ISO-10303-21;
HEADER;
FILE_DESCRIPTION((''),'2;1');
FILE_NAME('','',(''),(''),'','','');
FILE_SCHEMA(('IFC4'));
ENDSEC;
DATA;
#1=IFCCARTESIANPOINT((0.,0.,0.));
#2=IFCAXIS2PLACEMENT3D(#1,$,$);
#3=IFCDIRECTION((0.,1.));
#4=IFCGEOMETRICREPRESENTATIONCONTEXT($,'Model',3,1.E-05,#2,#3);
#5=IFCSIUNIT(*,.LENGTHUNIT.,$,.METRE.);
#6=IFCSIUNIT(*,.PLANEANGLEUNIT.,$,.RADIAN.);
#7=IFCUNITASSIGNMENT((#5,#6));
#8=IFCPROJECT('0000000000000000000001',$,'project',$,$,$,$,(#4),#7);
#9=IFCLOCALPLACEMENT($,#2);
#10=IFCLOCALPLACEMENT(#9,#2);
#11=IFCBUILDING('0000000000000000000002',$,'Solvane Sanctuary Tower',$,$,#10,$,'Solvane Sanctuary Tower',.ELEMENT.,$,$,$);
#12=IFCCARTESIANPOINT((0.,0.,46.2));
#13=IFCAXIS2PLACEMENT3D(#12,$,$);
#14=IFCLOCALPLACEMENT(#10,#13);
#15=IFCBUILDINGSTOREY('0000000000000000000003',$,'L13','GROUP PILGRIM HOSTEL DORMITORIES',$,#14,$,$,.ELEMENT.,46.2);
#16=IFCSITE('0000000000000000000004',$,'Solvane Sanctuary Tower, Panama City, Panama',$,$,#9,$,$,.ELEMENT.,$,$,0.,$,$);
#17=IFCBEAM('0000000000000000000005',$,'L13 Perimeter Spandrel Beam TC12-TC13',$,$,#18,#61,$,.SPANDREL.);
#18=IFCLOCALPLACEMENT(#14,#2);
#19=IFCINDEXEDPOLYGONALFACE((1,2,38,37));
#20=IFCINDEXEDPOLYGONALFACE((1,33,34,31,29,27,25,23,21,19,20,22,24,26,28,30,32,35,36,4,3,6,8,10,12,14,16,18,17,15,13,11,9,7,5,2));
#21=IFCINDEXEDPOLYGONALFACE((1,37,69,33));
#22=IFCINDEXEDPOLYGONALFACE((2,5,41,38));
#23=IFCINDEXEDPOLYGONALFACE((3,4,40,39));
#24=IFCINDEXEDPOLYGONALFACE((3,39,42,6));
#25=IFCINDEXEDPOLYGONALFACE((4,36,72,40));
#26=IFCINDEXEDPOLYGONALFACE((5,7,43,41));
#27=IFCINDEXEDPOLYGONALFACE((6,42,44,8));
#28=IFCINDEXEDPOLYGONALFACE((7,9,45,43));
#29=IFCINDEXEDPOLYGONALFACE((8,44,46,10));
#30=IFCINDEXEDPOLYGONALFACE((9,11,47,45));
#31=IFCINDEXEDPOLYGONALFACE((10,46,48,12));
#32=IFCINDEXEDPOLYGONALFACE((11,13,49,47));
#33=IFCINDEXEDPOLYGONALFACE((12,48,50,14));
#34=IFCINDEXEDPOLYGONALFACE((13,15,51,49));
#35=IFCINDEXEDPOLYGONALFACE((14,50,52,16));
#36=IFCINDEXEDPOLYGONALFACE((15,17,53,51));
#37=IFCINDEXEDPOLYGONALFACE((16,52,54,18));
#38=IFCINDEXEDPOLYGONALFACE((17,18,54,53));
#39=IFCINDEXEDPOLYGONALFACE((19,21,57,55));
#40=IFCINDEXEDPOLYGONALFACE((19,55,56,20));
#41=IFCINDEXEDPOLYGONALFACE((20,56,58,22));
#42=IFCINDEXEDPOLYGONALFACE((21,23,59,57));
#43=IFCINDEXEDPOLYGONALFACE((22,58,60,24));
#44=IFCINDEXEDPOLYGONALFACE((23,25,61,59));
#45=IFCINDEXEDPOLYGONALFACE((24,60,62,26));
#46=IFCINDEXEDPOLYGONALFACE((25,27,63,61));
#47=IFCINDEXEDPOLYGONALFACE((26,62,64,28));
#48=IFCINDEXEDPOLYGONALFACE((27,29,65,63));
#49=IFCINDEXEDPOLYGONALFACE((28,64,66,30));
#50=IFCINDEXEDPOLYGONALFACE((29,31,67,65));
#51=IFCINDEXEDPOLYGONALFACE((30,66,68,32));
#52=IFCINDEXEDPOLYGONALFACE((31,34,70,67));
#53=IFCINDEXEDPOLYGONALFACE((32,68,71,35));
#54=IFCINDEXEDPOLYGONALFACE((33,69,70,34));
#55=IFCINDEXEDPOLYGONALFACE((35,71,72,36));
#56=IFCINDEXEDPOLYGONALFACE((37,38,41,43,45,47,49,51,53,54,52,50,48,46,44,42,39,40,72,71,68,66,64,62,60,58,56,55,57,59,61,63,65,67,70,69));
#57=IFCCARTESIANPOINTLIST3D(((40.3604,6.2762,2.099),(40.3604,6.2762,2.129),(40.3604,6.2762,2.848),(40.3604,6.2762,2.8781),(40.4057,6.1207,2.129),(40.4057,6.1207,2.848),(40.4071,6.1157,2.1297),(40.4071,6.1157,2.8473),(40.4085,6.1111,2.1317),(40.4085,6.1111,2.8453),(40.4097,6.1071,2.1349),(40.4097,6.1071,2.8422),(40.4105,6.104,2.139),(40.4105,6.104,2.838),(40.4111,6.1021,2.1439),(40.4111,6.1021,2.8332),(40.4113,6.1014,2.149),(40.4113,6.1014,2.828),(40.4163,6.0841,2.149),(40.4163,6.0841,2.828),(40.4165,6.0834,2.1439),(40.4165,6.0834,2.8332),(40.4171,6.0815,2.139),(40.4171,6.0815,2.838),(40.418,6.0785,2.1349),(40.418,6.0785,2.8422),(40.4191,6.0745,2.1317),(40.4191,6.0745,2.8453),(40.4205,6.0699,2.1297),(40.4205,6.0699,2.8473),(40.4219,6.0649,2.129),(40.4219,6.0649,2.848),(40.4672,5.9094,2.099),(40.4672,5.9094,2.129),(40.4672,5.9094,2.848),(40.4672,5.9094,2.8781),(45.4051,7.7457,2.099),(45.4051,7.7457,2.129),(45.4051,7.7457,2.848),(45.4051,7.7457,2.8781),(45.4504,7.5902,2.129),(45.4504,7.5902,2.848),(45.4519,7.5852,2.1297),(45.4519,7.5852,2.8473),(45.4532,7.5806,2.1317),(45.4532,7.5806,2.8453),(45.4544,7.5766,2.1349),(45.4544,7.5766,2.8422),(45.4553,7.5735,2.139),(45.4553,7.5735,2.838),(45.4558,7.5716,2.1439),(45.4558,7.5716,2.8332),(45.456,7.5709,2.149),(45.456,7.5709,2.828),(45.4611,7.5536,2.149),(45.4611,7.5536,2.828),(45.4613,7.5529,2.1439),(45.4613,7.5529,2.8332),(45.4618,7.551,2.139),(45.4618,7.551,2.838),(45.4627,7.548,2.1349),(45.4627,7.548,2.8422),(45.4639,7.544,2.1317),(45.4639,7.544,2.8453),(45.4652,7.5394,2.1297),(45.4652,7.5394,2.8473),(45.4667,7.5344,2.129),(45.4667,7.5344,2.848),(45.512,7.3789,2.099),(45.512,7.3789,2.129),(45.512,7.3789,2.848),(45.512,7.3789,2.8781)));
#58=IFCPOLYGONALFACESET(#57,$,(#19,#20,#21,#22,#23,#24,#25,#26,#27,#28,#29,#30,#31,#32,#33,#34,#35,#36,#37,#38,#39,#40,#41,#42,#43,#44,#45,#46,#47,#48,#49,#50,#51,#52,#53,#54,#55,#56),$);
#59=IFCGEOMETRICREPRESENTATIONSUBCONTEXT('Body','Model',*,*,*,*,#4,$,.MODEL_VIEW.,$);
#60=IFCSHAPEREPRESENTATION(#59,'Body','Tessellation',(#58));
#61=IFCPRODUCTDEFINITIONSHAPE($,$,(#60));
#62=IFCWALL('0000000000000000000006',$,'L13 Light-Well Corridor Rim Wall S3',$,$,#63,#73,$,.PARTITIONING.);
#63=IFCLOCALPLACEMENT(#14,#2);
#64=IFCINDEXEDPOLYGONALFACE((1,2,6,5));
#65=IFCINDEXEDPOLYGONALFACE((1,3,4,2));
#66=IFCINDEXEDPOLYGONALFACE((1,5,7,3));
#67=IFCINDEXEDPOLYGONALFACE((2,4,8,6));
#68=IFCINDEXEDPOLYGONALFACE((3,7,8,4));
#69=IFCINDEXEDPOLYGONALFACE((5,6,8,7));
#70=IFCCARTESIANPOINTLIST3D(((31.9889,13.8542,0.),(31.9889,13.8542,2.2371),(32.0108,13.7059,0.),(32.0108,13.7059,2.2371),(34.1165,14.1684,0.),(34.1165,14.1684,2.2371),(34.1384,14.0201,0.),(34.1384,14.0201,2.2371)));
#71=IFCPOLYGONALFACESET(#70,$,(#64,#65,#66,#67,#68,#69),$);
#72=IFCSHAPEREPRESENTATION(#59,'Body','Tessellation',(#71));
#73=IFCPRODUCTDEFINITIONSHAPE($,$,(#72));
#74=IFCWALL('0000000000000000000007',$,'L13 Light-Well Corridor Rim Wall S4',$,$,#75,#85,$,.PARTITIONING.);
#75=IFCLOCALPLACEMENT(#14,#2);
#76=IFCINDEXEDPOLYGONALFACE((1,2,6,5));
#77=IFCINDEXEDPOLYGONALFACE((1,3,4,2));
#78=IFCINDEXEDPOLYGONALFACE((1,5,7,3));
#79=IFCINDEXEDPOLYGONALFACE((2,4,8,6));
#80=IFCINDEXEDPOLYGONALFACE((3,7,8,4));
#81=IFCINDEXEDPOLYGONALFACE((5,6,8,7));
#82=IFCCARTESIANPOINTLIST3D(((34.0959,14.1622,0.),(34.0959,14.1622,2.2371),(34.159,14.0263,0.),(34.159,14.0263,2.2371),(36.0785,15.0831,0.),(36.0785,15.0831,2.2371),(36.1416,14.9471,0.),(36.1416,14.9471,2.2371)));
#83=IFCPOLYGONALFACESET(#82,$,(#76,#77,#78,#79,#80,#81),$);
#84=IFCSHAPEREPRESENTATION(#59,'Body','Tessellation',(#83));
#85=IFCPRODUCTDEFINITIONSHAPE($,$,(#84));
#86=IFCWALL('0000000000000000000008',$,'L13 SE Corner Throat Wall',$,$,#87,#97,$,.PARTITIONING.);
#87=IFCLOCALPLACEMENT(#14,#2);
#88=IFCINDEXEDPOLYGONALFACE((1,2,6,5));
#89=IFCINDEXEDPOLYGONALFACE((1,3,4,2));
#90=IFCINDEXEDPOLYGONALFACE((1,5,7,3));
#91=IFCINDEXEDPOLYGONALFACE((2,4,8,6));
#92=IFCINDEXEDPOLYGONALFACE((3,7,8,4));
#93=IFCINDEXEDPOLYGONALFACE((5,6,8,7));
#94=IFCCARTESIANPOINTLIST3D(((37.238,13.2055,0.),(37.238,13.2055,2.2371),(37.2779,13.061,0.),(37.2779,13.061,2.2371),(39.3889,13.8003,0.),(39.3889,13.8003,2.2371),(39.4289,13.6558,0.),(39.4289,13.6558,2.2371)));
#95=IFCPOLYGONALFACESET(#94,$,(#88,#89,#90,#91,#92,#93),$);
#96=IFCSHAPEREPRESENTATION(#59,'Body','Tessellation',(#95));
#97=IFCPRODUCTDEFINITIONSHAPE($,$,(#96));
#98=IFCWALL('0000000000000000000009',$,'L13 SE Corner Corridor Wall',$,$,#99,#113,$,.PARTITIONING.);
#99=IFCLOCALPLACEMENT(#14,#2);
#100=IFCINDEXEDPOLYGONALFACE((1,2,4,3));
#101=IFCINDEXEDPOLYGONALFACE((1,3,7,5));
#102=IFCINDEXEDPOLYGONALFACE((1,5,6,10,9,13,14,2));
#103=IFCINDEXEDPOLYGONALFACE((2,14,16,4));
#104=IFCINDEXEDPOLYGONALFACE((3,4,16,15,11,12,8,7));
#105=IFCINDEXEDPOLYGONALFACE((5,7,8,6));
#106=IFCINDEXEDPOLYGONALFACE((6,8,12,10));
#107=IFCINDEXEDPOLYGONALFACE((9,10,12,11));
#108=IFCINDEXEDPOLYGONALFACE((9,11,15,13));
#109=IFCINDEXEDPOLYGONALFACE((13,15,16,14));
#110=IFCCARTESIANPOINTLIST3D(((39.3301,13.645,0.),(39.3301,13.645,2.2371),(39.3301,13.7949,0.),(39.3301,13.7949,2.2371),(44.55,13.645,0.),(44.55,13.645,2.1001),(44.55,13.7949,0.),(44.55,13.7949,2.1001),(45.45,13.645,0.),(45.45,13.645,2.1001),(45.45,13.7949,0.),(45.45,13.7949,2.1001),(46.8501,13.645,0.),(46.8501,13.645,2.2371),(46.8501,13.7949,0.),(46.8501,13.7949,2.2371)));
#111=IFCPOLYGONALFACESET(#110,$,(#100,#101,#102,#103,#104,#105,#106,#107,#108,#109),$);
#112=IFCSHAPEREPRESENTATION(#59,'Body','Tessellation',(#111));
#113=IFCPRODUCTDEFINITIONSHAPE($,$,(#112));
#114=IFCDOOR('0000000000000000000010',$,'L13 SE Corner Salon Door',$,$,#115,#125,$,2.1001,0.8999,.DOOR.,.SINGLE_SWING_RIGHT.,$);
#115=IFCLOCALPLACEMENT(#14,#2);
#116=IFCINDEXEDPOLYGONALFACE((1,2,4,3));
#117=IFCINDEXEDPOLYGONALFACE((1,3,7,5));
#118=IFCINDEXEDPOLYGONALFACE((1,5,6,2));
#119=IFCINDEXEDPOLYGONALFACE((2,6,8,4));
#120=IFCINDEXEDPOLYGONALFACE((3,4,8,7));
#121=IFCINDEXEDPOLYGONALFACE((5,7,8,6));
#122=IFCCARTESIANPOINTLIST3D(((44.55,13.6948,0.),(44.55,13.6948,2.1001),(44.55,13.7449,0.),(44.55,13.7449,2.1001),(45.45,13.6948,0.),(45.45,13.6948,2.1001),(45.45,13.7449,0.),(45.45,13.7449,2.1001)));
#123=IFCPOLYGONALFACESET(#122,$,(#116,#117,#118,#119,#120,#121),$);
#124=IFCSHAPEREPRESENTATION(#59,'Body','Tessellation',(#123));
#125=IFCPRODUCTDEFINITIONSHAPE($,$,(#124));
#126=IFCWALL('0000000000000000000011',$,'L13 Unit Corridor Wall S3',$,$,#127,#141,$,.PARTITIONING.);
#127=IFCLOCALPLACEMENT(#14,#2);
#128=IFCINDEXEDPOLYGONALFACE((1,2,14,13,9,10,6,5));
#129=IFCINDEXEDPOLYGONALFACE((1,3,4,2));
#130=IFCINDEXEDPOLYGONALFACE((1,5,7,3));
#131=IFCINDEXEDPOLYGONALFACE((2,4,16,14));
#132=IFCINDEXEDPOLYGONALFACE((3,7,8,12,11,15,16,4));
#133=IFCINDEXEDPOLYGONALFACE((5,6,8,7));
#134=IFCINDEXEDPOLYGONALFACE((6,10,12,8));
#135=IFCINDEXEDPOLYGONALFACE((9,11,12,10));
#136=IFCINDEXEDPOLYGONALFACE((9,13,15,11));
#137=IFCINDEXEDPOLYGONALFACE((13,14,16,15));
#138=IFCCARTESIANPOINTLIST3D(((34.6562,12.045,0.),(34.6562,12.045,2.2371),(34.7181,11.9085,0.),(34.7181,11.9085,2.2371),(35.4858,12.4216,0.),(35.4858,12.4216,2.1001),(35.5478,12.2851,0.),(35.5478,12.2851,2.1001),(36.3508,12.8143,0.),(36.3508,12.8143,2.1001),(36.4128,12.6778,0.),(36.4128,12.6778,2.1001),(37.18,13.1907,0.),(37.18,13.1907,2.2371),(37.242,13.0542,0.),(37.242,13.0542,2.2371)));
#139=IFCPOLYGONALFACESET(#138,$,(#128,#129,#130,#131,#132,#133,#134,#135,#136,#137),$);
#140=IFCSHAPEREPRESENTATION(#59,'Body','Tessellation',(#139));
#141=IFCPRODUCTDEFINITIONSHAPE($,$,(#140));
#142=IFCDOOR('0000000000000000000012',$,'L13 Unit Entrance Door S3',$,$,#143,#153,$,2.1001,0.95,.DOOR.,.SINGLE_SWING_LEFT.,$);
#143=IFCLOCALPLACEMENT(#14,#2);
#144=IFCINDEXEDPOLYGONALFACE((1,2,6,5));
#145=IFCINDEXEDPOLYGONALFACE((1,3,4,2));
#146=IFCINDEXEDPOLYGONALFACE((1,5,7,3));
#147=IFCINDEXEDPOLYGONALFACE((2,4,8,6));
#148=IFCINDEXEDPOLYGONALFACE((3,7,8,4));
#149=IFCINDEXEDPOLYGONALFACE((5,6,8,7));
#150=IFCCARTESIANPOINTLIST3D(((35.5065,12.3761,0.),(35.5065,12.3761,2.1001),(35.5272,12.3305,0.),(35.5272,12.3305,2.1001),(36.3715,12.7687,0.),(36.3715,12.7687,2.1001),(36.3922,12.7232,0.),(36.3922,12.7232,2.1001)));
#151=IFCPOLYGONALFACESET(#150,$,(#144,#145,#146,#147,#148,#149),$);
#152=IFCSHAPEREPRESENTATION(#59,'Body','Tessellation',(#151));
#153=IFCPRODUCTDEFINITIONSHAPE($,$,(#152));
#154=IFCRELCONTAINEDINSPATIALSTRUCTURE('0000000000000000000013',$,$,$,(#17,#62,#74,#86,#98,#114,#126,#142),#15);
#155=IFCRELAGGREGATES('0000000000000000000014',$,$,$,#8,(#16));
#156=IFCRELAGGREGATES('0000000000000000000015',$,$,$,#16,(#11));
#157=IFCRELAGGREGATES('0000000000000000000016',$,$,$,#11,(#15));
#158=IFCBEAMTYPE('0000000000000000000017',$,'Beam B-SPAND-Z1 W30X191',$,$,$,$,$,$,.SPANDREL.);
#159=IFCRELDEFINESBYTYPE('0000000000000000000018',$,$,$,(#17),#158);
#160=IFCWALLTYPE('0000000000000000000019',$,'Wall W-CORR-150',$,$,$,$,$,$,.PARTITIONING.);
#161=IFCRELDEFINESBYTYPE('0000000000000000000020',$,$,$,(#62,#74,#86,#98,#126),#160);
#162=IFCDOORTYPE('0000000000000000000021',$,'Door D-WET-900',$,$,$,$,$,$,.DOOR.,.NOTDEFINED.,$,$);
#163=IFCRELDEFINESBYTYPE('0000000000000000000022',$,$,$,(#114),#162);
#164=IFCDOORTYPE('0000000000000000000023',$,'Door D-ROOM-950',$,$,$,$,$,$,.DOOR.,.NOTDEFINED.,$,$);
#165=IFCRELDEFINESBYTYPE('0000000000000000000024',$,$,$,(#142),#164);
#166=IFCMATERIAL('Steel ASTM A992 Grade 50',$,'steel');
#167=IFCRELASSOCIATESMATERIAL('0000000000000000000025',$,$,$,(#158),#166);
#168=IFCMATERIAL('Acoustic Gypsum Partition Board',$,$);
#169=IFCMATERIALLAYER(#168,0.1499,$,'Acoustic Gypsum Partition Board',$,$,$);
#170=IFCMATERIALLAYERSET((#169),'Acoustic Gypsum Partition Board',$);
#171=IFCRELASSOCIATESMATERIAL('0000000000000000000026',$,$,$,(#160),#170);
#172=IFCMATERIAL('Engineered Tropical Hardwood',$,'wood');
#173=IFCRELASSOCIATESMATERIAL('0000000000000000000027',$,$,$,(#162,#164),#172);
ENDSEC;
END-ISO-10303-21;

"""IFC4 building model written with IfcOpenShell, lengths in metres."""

from ifc_helpers import new_model, si_unit, direction, frame, frame_2d, origin, origin_2d, place, context, subcontext, project, spatial, rectangle, i_section, extrude, material, layer, layer_set, material_profile, profile_set, type_object, element, fill, save


model = new_model("IFC4")

# Units and contexts
model_context = context("Model", 3, precision=1e-05, world=origin(), true_north=direction((0.0, 1.0)))
body_context = subcontext(model_context, "Body", "Model", "MODEL_VIEW")
ifc_project = project(units=[si_unit("LENGTHUNIT", "METRE"), si_unit("PLANEANGLEUNIT", "RADIAN")], contexts=[model_context])

# Site, building, storey
site_placement = place(None, origin())
site = spatial("IfcSite", under=ifc_project, at=site_placement, Name="Solvane Sanctuary Tower, Panama City, Panama", CompositionType="ELEMENT", RefElevation=0.0)
building_placement = place(site_placement, origin())
building = spatial("IfcBuilding", under=site, at=building_placement, Name="Solvane Sanctuary Tower", LongName="Solvane Sanctuary Tower", CompositionType="ELEMENT")
storey_placement = place(building_placement, frame((0.0, 0.0, 46.2)))
storey = spatial("IfcBuildingStorey", under=building, at=storey_placement, Name="L13", Description="GROUP PILGRIM HOSTEL DORMITORIES", CompositionType="ELEMENT", Elevation=46.2)

# Beam
ifc_material_1 = material(Name="Steel ASTM A992 Grade 50", Category="steel")
ifc_material_profile_1 = material_profile(ifc_material_1, i_section(OverallWidth=0.3821, OverallDepth=0.7791, WebThickness=0.0181, FlangeThickness=0.03, FilletRadius=0.02, at=origin_2d()), Name="W30X191")
ifc_profile_set_1 = profile_set([ifc_material_profile_1], Name="Steel ASTM A992 Grade 50")
beam_type_1 = type_object("IfcBeamType", Name="Beam B-SPAND-Z1 W30X191", PredefinedType="SPANDREL", material=ifc_profile_set_1)
beam_1_placement = place(storey_placement, frame((40.4138, 6.0928, 2.4885), z_axis=(0.960096, 0.27967, 0.0), x_axis=(-0.27967, 0.960096, 0.0)))
element("IfcBeam", 1, at=beam_1_placement, inside=storey, type_object=beam_type_1, Name="L13 Perimeter Spandrel Beam TC12-TC13", PredefinedType="SPANDREL", context=body_context, shape_type="SweptSolid", body=[
    extrude(i_section(OverallWidth=0.3821, OverallDepth=0.7791, WebThickness=0.0181, FlangeThickness=0.03, FilletRadius=0.02, at=origin_2d()), origin(), (0.0, 0.0, 1.0), 5.2544),
])

# Walls
ifc_material_2 = material(Name="Acoustic Gypsum Partition Board")
ifc_layer_1 = layer(ifc_material_2, 0.1499, Name="Acoustic Gypsum Partition Board")
ifc_layer_set_1 = layer_set([ifc_layer_1], Name="Acoustic Gypsum Partition Board")
wall_type_1 = type_object("IfcWallType", Name="Wall W-CORR-150", PredefinedType="PARTITIONING", material=ifc_layer_set_1)
wall_1_placement = place(storey_placement, frame((32.0, 13.78, 0.0), z_axis=(0.0, 0.0, 1.0), x_axis=(0.989269, 0.146108, 0.0)))
element("IfcWall", 2, at=wall_1_placement, inside=storey, type_object=wall_type_1, Name="L13 Light-Well Corridor Rim Wall S3", PredefinedType="PARTITIONING", context=body_context, shape_type="SweptSolid", body=[
    extrude(rectangle(XDim=2.1506, YDim=0.1499, at=frame_2d((1.0752, 0.0))), origin(), (0.0, 0.0, 1.0), 2.2371),
])
wall_2_placement = place(storey_placement, frame((34.1274, 14.0942, 0.0), z_axis=(0.0, 0.0, 1.0), x_axis=(0.906943, 0.421252, 0.0)))
element("IfcWall", 3, at=wall_2_placement, inside=storey, type_object=wall_type_1, Name="L13 Light-Well Corridor Rim Wall S4", PredefinedType="PARTITIONING", context=body_context, shape_type="SweptSolid", body=[
    extrude(rectangle(XDim=2.186, YDim=0.1499, at=frame_2d((1.093, 0.0))), origin(), (0.0, 0.0, 1.0), 2.2371),
])
wall_3_placement = place(storey_placement, frame((37.2581, 13.1333, 0.0), z_axis=(0.0, 0.0, 1.0), x_axis=(0.963834, 0.266504, 0.0)))
element("IfcWall", 4, at=wall_3_placement, inside=storey, type_object=wall_type_1, Name="L13 SE Corner Throat Wall", PredefinedType="PARTITIONING", context=body_context, shape_type="SweptSolid", body=[
    extrude(rectangle(XDim=2.2317, YDim=0.1499, at=frame_2d((1.1157, 0.0))), origin(), (0.0, 0.0, 1.0), 2.2371),
])

# Walls, openings, doors
wall_4_placement = place(storey_placement, frame((39.3301, 13.72, 0.0), z_axis=(0.0, 0.0, 1.0), x_axis=(1.0, 0.0, 0.0)))
wall_4 = element("IfcWall", 5, at=wall_4_placement, inside=storey, type_object=wall_type_1, Name="L13 SE Corner Corridor Wall", PredefinedType="PARTITIONING", context=body_context, shape_type="SweptSolid", body=[
    extrude(rectangle(XDim=7.52, YDim=0.1499, at=frame_2d((3.76, 0.0))), origin(), (0.0, 0.0, 1.0), 2.2371),
])
opening_1_placement = place(wall_4_placement, frame((5.22, 0.0, 0.0)))
opening_1 = element("IfcOpeningElement", 6, at=opening_1_placement, cuts=wall_4, PredefinedType="OPENING", context=body_context, shape_type="SweptSolid", body=[
    extrude(rectangle(XDim=0.8999, YDim=2.1001, at=frame_2d((0.45, 1.05))), frame((0.0, 0.085, 0.0), z_axis=(0.0, -1.0, 0.0), x_axis=(1.0, 0.0, 0.0)), (0.0, 0.0, 1.0), 0.1699),
])
ifc_material_3 = material(Name="Engineered Tropical Hardwood", Category="wood")
door_type_1 = type_object("IfcDoorType", Name="Door D-WET-900", OperationType="NOTDEFINED", PredefinedType="DOOR", material=ifc_material_3)
door_1_placement = place(opening_1_placement, origin())
door_1 = element("IfcDoor", 7, at=door_1_placement, inside=storey, type_object=door_type_1, Name="L13 SE Corner Salon Door", OperationType="SINGLE_SWING_RIGHT", OverallHeight=2.1001, OverallWidth=0.8999, PredefinedType="DOOR", context=body_context, shape_type="SweptSolid", body=[
    extrude(rectangle(XDim=0.8999, YDim=2.1001, at=frame_2d((0.45, 1.05))), frame((0.0, 0.0249, 0.0), z_axis=(0.0, -1.0, 0.0), x_axis=(1.0, 0.0, 0.0)), (0.0, 0.0, 1.0), 0.05),
])
fill(opening_1, door_1)
wall_5_placement = place(storey_placement, frame((34.6873, 11.9768, 0.0), z_axis=(0.0, 0.0, 1.0), x_axis=(0.910568, 0.413358, 0.0)))
wall_5 = element("IfcWall", 8, at=wall_5_placement, inside=storey, type_object=wall_type_1, Name="L13 Unit Corridor Wall S3", PredefinedType="PARTITIONING", context=body_context, shape_type="SweptSolid", body=[
    extrude(rectangle(XDim=2.7717, YDim=0.1499, at=frame_2d((1.3857, 0.0))), origin(), (0.0, 0.0, 1.0), 2.2371),
])
opening_2_placement = place(wall_5_placement, frame((0.9109, 0.0, 0.0)))
opening_2 = element("IfcOpeningElement", 9, at=opening_2_placement, cuts=wall_5, PredefinedType="OPENING", context=body_context, shape_type="SweptSolid", body=[
    extrude(rectangle(XDim=0.95, YDim=2.1001, at=frame_2d((0.4751, 1.05))), frame((0.0, 0.085, 0.0), z_axis=(0.0, -1.0, 0.0), x_axis=(1.0, 0.0, 0.0)), (0.0, 0.0, 1.0), 0.1699),
])
door_type_2 = type_object("IfcDoorType", Name="Door D-ROOM-950", OperationType="NOTDEFINED", PredefinedType="DOOR", material=ifc_material_3)
door_2_placement = place(opening_2_placement, origin())
door_2 = element("IfcDoor", 10, at=door_2_placement, inside=storey, type_object=door_type_2, Name="L13 Unit Entrance Door S3", OperationType="SINGLE_SWING_LEFT", OverallHeight=2.1001, OverallWidth=0.95, PredefinedType="DOOR", context=body_context, shape_type="SweptSolid", body=[
    extrude(rectangle(XDim=0.95, YDim=2.1001, at=frame_2d((0.4751, 1.05))), frame((0.0, 0.0249, 0.0), z_axis=(0.0, -1.0, 0.0), x_axis=(1.0, 0.0, 0.0)), (0.0, 0.0, 1.0), 0.05),
])
fill(opening_2, door_2)

save(model, "model.ifc")
